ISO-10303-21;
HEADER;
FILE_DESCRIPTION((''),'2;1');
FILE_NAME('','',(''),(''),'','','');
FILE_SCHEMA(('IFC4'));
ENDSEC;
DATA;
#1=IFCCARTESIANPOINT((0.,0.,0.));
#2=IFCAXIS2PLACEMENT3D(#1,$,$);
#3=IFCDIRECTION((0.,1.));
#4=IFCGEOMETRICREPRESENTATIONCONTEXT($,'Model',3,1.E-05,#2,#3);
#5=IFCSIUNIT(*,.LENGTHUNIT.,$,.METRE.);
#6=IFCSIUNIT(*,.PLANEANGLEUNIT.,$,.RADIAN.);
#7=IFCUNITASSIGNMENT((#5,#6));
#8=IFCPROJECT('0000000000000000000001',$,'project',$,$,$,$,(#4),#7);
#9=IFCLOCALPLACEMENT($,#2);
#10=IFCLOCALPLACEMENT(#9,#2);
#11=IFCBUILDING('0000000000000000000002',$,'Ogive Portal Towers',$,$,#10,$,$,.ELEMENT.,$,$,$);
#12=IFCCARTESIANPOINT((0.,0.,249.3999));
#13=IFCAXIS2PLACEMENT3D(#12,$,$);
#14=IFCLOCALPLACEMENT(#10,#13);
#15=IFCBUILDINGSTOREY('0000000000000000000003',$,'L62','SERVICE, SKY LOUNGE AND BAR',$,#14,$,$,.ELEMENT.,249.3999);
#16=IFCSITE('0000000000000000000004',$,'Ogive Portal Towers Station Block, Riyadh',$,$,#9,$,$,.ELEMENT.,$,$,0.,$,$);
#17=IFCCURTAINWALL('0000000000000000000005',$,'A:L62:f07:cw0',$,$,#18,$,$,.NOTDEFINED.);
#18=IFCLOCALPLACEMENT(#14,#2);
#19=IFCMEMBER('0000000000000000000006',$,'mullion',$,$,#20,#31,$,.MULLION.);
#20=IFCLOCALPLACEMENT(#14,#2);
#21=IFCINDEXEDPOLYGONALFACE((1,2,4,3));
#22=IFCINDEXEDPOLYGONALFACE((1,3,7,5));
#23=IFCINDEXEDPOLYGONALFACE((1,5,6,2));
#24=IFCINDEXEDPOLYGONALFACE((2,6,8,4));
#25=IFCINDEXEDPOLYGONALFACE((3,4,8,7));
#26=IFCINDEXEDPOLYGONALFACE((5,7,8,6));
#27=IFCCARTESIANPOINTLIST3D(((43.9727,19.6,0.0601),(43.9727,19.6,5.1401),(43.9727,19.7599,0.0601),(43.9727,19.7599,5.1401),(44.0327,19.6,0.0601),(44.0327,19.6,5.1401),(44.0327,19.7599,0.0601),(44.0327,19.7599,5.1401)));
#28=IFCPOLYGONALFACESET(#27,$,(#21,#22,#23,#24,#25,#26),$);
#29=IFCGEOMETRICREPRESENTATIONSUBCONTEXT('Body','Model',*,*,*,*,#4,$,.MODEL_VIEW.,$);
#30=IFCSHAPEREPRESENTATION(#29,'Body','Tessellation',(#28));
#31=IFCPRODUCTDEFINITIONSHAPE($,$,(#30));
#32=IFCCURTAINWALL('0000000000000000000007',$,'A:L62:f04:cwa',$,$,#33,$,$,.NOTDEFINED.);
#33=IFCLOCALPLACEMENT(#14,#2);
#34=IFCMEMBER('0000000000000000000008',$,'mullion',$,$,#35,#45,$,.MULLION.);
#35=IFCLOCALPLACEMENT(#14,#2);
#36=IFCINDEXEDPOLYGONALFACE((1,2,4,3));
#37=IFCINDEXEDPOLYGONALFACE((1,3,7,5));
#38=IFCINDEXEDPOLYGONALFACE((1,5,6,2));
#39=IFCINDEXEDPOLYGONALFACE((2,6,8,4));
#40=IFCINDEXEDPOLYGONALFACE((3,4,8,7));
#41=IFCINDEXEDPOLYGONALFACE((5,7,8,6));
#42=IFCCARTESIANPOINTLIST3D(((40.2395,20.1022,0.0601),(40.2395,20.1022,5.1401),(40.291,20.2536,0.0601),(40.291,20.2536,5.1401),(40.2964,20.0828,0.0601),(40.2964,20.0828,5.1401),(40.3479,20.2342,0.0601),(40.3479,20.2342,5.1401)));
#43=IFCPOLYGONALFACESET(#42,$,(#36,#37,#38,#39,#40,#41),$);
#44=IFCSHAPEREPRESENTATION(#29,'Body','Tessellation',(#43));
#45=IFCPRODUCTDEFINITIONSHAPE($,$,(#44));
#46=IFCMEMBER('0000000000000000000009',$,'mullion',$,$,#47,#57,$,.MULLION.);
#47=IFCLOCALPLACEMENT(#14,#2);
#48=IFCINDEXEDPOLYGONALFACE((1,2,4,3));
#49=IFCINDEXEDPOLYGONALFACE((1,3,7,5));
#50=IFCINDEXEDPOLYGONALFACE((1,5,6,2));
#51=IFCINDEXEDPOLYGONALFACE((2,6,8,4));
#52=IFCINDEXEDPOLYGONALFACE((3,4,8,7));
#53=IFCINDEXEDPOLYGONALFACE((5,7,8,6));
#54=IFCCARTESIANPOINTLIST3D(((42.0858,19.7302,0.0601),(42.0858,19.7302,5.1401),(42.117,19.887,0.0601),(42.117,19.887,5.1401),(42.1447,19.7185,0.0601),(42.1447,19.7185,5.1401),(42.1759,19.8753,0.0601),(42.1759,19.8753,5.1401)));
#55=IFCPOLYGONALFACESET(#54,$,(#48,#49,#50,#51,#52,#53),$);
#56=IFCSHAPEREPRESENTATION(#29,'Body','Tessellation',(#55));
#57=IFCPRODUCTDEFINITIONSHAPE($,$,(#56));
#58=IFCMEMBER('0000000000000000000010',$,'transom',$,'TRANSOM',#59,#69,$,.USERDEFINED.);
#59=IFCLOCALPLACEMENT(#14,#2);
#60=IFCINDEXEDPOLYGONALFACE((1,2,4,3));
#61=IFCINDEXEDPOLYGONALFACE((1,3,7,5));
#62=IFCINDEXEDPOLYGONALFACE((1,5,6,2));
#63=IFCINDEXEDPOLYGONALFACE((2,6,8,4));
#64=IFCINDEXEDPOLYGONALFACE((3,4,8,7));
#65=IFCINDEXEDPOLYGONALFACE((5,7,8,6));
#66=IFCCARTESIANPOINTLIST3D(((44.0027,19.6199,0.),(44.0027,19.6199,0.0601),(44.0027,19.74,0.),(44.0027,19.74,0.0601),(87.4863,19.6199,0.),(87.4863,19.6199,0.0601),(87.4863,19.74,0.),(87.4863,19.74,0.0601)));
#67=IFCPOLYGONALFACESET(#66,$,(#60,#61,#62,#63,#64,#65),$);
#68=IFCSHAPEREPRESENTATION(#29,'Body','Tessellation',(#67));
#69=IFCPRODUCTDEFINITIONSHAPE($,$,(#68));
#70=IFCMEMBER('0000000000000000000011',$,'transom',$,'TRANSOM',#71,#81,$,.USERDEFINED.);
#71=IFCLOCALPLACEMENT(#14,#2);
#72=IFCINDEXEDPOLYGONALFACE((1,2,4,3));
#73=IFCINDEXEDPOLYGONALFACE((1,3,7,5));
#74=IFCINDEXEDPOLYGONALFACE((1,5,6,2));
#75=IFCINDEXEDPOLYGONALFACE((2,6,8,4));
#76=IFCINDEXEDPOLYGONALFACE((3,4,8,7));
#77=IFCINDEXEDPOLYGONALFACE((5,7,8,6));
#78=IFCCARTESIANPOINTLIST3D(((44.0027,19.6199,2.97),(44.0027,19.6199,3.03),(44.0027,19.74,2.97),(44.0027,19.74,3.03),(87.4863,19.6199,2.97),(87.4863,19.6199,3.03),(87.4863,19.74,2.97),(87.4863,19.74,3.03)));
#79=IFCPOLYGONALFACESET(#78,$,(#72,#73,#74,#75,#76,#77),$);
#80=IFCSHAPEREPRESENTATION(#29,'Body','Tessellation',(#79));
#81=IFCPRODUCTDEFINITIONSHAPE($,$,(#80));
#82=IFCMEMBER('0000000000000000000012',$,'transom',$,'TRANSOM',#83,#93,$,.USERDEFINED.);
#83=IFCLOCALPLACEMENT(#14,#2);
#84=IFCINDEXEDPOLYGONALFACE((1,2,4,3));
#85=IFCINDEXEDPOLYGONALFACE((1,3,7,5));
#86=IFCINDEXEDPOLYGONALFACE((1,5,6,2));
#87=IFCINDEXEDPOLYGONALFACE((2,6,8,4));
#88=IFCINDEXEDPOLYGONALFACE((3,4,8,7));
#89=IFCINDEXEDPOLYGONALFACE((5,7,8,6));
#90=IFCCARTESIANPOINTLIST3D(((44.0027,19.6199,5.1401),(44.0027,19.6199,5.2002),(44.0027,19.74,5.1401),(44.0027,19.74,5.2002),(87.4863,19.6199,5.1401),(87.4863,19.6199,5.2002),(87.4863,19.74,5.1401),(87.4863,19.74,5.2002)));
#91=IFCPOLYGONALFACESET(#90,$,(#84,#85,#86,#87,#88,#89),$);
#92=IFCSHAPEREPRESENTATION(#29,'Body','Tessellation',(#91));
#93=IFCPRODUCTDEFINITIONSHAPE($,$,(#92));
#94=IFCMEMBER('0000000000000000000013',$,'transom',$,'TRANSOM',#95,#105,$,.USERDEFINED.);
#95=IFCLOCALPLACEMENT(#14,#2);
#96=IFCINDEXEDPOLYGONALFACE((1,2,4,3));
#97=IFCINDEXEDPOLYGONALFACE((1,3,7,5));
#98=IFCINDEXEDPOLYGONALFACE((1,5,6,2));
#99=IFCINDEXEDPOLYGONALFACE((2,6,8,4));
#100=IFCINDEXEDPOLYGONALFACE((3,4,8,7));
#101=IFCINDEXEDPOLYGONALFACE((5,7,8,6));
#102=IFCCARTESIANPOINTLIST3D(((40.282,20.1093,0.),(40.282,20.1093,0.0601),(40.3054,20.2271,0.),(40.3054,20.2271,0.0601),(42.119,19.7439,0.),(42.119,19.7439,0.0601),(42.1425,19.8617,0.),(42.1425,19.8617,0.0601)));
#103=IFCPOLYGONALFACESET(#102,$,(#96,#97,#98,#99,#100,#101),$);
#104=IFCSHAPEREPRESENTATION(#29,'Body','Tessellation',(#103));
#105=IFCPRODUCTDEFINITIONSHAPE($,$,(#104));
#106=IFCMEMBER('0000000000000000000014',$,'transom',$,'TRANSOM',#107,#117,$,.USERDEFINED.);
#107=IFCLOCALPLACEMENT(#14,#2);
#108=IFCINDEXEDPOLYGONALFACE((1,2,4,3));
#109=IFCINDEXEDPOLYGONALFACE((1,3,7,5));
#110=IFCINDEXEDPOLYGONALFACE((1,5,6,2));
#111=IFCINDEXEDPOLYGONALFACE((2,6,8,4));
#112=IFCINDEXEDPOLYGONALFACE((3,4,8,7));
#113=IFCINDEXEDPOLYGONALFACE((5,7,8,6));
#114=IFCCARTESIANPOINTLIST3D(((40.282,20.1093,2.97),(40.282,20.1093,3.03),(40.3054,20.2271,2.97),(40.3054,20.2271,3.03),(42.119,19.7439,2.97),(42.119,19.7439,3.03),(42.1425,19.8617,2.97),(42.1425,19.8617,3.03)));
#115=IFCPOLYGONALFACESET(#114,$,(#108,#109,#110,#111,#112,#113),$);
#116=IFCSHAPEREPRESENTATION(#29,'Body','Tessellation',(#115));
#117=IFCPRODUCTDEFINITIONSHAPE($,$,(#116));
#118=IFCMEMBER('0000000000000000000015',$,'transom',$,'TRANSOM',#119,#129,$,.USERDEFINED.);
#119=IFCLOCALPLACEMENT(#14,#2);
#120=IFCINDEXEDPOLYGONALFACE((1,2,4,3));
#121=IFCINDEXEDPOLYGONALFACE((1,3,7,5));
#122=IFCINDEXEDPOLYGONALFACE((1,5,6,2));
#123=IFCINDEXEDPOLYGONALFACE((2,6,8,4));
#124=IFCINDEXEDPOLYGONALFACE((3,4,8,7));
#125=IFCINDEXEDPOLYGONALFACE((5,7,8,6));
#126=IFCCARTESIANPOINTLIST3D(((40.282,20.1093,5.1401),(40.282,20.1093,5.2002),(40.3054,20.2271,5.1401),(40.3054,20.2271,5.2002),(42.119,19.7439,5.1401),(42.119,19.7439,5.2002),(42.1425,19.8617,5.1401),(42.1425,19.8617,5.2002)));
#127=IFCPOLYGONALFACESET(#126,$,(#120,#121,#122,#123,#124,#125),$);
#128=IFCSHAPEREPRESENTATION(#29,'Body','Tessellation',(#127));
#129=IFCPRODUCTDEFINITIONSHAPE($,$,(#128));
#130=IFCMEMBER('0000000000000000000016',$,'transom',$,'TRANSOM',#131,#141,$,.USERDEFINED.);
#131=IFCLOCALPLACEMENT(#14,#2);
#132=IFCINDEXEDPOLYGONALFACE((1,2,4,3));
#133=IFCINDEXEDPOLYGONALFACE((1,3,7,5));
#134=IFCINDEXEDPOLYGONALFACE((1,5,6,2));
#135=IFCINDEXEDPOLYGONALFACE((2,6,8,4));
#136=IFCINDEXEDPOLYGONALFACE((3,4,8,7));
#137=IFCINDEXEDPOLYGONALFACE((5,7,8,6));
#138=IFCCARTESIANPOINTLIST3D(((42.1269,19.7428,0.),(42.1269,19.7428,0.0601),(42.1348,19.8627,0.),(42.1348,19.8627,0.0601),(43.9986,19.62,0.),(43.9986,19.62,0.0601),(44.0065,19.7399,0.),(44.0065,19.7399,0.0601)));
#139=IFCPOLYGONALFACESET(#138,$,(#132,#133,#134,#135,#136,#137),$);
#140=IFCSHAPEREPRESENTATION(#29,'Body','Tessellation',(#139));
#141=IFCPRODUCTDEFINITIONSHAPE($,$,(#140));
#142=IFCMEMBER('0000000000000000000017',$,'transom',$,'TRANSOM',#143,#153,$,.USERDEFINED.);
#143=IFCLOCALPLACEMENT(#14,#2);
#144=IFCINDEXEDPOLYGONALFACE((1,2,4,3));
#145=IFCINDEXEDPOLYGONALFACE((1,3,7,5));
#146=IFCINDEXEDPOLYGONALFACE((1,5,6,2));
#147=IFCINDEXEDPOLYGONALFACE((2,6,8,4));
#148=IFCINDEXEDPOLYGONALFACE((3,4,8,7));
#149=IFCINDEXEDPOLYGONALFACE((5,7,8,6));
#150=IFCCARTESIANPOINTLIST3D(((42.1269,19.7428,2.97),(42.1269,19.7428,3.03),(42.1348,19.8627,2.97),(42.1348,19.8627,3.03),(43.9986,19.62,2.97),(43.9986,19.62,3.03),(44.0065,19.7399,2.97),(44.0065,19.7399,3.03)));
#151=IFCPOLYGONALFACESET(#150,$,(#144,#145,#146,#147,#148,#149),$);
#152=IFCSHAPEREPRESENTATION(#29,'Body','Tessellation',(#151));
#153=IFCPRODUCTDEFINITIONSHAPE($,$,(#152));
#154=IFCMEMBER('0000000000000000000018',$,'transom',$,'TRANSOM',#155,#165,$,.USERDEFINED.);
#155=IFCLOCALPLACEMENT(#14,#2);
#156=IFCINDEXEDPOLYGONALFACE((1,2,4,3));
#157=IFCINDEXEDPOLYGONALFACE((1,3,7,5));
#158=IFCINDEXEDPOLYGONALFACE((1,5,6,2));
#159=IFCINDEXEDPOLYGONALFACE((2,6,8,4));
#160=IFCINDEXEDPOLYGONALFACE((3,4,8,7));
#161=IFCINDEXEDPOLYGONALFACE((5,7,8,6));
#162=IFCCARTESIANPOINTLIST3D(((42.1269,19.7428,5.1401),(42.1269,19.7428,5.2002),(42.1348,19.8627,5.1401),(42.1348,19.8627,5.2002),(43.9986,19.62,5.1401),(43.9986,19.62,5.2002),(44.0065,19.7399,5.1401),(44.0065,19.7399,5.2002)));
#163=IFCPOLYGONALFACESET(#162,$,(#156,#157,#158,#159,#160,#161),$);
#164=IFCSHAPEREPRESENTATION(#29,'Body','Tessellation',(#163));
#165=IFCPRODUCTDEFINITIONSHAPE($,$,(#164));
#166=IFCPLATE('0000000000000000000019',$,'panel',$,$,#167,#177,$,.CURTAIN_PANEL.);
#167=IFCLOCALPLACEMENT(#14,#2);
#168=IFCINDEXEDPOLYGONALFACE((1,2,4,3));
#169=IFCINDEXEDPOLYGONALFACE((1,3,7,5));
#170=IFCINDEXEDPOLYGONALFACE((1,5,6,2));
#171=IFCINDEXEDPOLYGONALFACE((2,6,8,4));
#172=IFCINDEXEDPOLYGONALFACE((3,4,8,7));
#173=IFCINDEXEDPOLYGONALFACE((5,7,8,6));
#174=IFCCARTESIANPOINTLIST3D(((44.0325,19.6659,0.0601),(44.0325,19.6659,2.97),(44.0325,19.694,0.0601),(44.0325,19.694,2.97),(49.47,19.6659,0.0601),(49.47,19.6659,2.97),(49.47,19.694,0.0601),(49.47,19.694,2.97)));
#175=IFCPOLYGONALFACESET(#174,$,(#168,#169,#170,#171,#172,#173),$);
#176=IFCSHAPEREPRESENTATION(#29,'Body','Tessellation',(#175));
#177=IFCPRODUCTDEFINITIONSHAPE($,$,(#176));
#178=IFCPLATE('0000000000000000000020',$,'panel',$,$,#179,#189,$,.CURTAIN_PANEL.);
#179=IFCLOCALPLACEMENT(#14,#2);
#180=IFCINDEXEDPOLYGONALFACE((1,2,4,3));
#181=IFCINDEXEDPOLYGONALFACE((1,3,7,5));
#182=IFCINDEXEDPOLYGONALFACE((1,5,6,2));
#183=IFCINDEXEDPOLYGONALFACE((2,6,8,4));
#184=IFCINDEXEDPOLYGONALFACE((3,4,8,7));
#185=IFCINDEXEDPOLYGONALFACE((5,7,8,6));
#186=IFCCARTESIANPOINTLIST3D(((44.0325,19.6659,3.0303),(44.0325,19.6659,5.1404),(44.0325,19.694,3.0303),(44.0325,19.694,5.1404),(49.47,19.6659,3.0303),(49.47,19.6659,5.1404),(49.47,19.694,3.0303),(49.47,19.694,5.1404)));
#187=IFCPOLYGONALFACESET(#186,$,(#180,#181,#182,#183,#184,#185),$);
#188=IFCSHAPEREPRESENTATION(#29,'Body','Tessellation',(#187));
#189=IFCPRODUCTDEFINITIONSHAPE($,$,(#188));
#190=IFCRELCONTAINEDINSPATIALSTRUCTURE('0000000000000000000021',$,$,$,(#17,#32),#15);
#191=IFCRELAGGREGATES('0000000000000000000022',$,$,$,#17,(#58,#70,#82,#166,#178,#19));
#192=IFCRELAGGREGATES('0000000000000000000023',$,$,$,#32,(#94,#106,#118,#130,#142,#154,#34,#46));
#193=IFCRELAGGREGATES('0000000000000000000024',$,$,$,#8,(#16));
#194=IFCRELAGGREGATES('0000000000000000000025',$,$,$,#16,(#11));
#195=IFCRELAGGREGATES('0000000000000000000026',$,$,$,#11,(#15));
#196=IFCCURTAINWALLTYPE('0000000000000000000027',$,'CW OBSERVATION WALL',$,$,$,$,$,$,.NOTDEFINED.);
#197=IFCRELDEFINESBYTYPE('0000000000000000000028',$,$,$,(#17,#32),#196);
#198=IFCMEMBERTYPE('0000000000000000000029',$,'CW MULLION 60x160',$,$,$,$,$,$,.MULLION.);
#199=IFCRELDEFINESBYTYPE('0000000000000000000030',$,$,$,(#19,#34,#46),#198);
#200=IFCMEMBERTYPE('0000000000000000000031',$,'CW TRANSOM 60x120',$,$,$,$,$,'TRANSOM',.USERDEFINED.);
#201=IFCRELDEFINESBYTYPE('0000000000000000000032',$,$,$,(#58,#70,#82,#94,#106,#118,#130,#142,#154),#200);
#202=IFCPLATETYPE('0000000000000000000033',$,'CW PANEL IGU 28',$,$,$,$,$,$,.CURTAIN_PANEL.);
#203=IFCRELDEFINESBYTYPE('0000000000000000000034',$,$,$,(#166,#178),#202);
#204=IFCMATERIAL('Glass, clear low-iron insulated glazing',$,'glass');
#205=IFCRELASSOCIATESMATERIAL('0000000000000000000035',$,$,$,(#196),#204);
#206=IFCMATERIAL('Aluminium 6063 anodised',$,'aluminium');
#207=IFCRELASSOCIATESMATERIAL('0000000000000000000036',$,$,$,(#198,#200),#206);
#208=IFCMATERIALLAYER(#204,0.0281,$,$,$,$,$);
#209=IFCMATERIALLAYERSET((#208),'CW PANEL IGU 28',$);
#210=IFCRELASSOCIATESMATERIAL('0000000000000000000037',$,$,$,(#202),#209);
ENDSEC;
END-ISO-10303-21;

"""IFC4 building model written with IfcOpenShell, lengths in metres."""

from ifc_helpers import new_model, si_unit, direction, frame, origin, origin_2d, place, context, subcontext, project, spatial, rectangle, extrude, material, layer, layer_set, material_profile, profile_set, type_object, element, aggregate, save


model = new_model("IFC4")

# Units and contexts
model_context = context("Model", 3, precision=1e-05, world=origin(), true_north=direction((0.0, 1.0)))
body_context = subcontext(model_context, "Body", "Model", "MODEL_VIEW")
ifc_project = project(units=[si_unit("LENGTHUNIT", "METRE"), si_unit("PLANEANGLEUNIT", "RADIAN")], contexts=[model_context])

# Site, building, storey
site_placement = place(None, origin())
site = spatial("IfcSite", under=ifc_project, at=site_placement, Name="Ogive Portal Towers Station Block, Riyadh", CompositionType="ELEMENT", RefElevation=0.0)
building_placement = place(site_placement, origin())
building = spatial("IfcBuilding", under=site, at=building_placement, Name="Ogive Portal Towers", CompositionType="ELEMENT")
storey_placement = place(building_placement, frame((0.0, 0.0, 249.3999)))
storey = spatial("IfcBuildingStorey", under=building, at=storey_placement, Name="L62", Description="SERVICE, SKY LOUNGE AND BAR", CompositionType="ELEMENT", Elevation=249.3999)

# Curtain wall, member
ifc_material_1 = material(Name="Glass, clear low-iron insulated glazing", Category="glass")
curtain_wall_type = type_object("IfcCurtainWallType", Name="CW OBSERVATION WALL", PredefinedType="NOTDEFINED", material=ifc_material_1)
curtain_wall_1_placement = place(storey_placement, origin())
curtain_wall_1 = element("IfcCurtainWall", 1, at=curtain_wall_1_placement, inside=storey, type_object=curtain_wall_type, Name="A:L62:f07:cw0", PredefinedType="NOTDEFINED")
ifc_material_2 = material(Name="Aluminium 6063 anodised", Category="aluminium")
ifc_material_profile_1 = material_profile(ifc_material_2, rectangle(XDim=0.1599, YDim=0.0601, at=origin_2d()), Name="AL 60x160")
ifc_profile_set_1 = profile_set([ifc_material_profile_1], Name="Aluminium 6063 anodised")
member_type_1 = type_object("IfcMemberType", Name="CW MULLION 60x160", PredefinedType="MULLION", material=ifc_profile_set_1)
member_1_placement = place(storey_placement, frame((44.0027, 19.6799, 0.0601), z_axis=(0.0, 0.0, 1.0), x_axis=(0.0, 1.0, 0.0)))
member_1 = element("IfcMember", 2, at=member_1_placement, type_object=member_type_1, Name="mullion", PredefinedType="MULLION", context=body_context, shape_type="SweptSolid", body=[
    extrude(rectangle(XDim=0.1599, YDim=0.0601, at=origin_2d()), origin(), (0.0, 0.0, 1.0), 5.0801),
])

# Curtain wall, members
curtain_wall_2_placement = place(storey_placement, origin())
curtain_wall_2 = element("IfcCurtainWall", 3, at=curtain_wall_2_placement, inside=storey, type_object=curtain_wall_type, Name="A:L62:f04:cwa", PredefinedType="NOTDEFINED")
member_2_placement = place(storey_placement, frame((40.2937, 20.1682, 0.0601), z_axis=(0.0, 0.0, 1.0), x_axis=(0.32201, 0.946736, 0.0)))
member_2 = element("IfcMember", 4, at=member_2_placement, type_object=member_type_1, Name="mullion", PredefinedType="MULLION", context=body_context, shape_type="SweptSolid", body=[
    extrude(rectangle(XDim=0.1599, YDim=0.0601, at=origin_2d()), origin(), (0.0, 0.0, 1.0), 5.0801),
])
member_3_placement = place(storey_placement, frame((42.1309, 19.8027, 0.0601), z_axis=(0.0, 0.0, 1.0), x_axis=(0.19509, 0.980785, 0.0)))
member_3 = element("IfcMember", 5, at=member_3_placement, type_object=member_type_1, Name="mullion", PredefinedType="MULLION", context=body_context, shape_type="SweptSolid", body=[
    extrude(rectangle(XDim=0.1599, YDim=0.0601, at=origin_2d()), origin(), (0.0, 0.0, 1.0), 5.0801),
])

# Members
ifc_material_profile_2 = material_profile(ifc_material_2, rectangle(XDim=0.1201, YDim=0.0601, at=origin_2d()), Name="AL 120x60")
ifc_profile_set_2 = profile_set([ifc_material_profile_2], Name="Aluminium 6063 anodised")
member_type_2 = type_object("IfcMemberType", Name="CW TRANSOM 60x120", ElementType="TRANSOM", PredefinedType="USERDEFINED", material=ifc_profile_set_2)
member_4_placement = place(storey_placement, frame((44.0027, 19.6799, 0.03), z_axis=(1.0, 0.0, 0.0), x_axis=(0.0, 1.0, 0.0)))
member_4 = element("IfcMember", 6, at=member_4_placement, type_object=member_type_2, Name="transom", ObjectType="TRANSOM", PredefinedType="USERDEFINED", context=body_context, shape_type="SweptSolid", body=[
    extrude(rectangle(XDim=0.1201, YDim=0.0601, at=origin_2d()), origin(), (0.0, 0.0, 1.0), 43.4836),
])
member_5_placement = place(storey_placement, frame((44.0027, 19.6799, 3.0), z_axis=(1.0, 0.0, 0.0), x_axis=(0.0, 1.0, 0.0)))
member_5 = element("IfcMember", 7, at=member_5_placement, type_object=member_type_2, Name="transom", ObjectType="TRANSOM", PredefinedType="USERDEFINED", context=body_context, shape_type="SweptSolid", body=[
    extrude(rectangle(XDim=0.1201, YDim=0.0601, at=origin_2d()), origin(), (0.0, 0.0, 1.0), 43.4836),
])
member_6_placement = place(storey_placement, frame((44.0027, 19.6799, 5.1702), z_axis=(1.0, 0.0, 0.0), x_axis=(0.0, 1.0, 0.0)))
member_6 = element("IfcMember", 8, at=member_6_placement, type_object=member_type_2, Name="transom", ObjectType="TRANSOM", PredefinedType="USERDEFINED", context=body_context, shape_type="SweptSolid", body=[
    extrude(rectangle(XDim=0.1201, YDim=0.0601, at=origin_2d()), origin(), (0.0, 0.0, 1.0), 43.4836),
])
member_7_placement = place(storey_placement, frame((40.2937, 20.1682, 0.03), z_axis=(0.980781, -0.195113, 0.0), x_axis=(0.195113, 0.980781, 0.0)))
member_7 = element("IfcMember", 9, at=member_7_placement, type_object=member_type_2, Name="transom", ObjectType="TRANSOM", PredefinedType="USERDEFINED", context=body_context, shape_type="SweptSolid", body=[
    extrude(rectangle(XDim=0.1201, YDim=0.0601, at=origin_2d()), origin(), (0.0, 0.0, 1.0), 1.873),
])
member_8_placement = place(storey_placement, frame((40.2937, 20.1682, 3.0), z_axis=(0.980781, -0.195113, 0.0), x_axis=(0.195113, 0.980781, 0.0)))
member_8 = element("IfcMember", 10, at=member_8_placement, type_object=member_type_2, Name="transom", ObjectType="TRANSOM", PredefinedType="USERDEFINED", context=body_context, shape_type="SweptSolid", body=[
    extrude(rectangle(XDim=0.1201, YDim=0.0601, at=origin_2d()), origin(), (0.0, 0.0, 1.0), 1.873),
])
member_9_placement = place(storey_placement, frame((40.2937, 20.1682, 5.1702), z_axis=(0.980781, -0.195113, 0.0), x_axis=(0.195113, 0.980781, 0.0)))
member_9 = element("IfcMember", 11, at=member_9_placement, type_object=member_type_2, Name="transom", ObjectType="TRANSOM", PredefinedType="USERDEFINED", context=body_context, shape_type="SweptSolid", body=[
    extrude(rectangle(XDim=0.1201, YDim=0.0601, at=origin_2d()), origin(), (0.0, 0.0, 1.0), 1.873),
])
member_10_placement = place(storey_placement, frame((42.1309, 19.8027, 0.03), z_axis=(0.997855, -0.065465, 0.0), x_axis=(0.065465, 0.997855, 0.0)))
member_10 = element("IfcMember", 12, at=member_10_placement, type_object=member_type_2, Name="transom", ObjectType="TRANSOM", PredefinedType="USERDEFINED", context=body_context, shape_type="SweptSolid", body=[
    extrude(rectangle(XDim=0.1201, YDim=0.0601, at=origin_2d()), origin(), (0.0, 0.0, 1.0), 1.8757),
])
member_11_placement = place(storey_placement, frame((42.1309, 19.8027, 3.0), z_axis=(0.997855, -0.065465, 0.0), x_axis=(0.065465, 0.997855, 0.0)))
member_11 = element("IfcMember", 13, at=member_11_placement, type_object=member_type_2, Name="transom", ObjectType="TRANSOM", PredefinedType="USERDEFINED", context=body_context, shape_type="SweptSolid", body=[
    extrude(rectangle(XDim=0.1201, YDim=0.0601, at=origin_2d()), origin(), (0.0, 0.0, 1.0), 1.8757),
])
member_12_placement = place(storey_placement, frame((42.1309, 19.8027, 5.1702), z_axis=(0.997855, -0.065465, 0.0), x_axis=(0.065465, 0.997855, 0.0)))
member_12 = element("IfcMember", 14, at=member_12_placement, type_object=member_type_2, Name="transom", ObjectType="TRANSOM", PredefinedType="USERDEFINED", context=body_context, shape_type="SweptSolid", body=[
    extrude(rectangle(XDim=0.1201, YDim=0.0601, at=origin_2d()), origin(), (0.0, 0.0, 1.0), 1.8757),
])

# Plates
ifc_layer_1 = layer(ifc_material_1, 0.0281)
ifc_layer_set_1 = layer_set([ifc_layer_1], Name="CW PANEL IGU 28")
plate_type = type_object("IfcPlateType", Name="CW PANEL IGU 28", PredefinedType="CURTAIN_PANEL", material=ifc_layer_set_1)
plate_1_placement = place(storey_placement, frame((46.7512, 19.6799, 0.0601), z_axis=(0.0, 0.0, 1.0), x_axis=(1.0, 0.0, 0.0)))
plate_1 = element("IfcPlate", 15, at=plate_1_placement, type_object=plate_type, Name="panel", PredefinedType="CURTAIN_PANEL", context=body_context, shape_type="SweptSolid", body=[
    extrude(rectangle(XDim=5.4375, YDim=0.0281, at=origin_2d()), origin(), (0.0, 0.0, 1.0), 2.9099),
])
plate_2_placement = place(storey_placement, frame((46.7512, 19.6799, 3.0303), z_axis=(0.0, 0.0, 1.0), x_axis=(1.0, 0.0, 0.0)))
plate_2 = element("IfcPlate", 16, at=plate_2_placement, type_object=plate_type, Name="panel", PredefinedType="CURTAIN_PANEL", context=body_context, shape_type="SweptSolid", body=[
    extrude(rectangle(XDim=5.4375, YDim=0.0281, at=origin_2d()), origin(), (0.0, 0.0, 1.0), 2.1101),
])
aggregate(curtain_wall_1, [member_4, member_5, member_6, plate_1, plate_2, member_1])
aggregate(curtain_wall_2, [member_7, member_8, member_9, member_10, member_11, member_12, member_2, member_3])

save(model, "model.ifc")
